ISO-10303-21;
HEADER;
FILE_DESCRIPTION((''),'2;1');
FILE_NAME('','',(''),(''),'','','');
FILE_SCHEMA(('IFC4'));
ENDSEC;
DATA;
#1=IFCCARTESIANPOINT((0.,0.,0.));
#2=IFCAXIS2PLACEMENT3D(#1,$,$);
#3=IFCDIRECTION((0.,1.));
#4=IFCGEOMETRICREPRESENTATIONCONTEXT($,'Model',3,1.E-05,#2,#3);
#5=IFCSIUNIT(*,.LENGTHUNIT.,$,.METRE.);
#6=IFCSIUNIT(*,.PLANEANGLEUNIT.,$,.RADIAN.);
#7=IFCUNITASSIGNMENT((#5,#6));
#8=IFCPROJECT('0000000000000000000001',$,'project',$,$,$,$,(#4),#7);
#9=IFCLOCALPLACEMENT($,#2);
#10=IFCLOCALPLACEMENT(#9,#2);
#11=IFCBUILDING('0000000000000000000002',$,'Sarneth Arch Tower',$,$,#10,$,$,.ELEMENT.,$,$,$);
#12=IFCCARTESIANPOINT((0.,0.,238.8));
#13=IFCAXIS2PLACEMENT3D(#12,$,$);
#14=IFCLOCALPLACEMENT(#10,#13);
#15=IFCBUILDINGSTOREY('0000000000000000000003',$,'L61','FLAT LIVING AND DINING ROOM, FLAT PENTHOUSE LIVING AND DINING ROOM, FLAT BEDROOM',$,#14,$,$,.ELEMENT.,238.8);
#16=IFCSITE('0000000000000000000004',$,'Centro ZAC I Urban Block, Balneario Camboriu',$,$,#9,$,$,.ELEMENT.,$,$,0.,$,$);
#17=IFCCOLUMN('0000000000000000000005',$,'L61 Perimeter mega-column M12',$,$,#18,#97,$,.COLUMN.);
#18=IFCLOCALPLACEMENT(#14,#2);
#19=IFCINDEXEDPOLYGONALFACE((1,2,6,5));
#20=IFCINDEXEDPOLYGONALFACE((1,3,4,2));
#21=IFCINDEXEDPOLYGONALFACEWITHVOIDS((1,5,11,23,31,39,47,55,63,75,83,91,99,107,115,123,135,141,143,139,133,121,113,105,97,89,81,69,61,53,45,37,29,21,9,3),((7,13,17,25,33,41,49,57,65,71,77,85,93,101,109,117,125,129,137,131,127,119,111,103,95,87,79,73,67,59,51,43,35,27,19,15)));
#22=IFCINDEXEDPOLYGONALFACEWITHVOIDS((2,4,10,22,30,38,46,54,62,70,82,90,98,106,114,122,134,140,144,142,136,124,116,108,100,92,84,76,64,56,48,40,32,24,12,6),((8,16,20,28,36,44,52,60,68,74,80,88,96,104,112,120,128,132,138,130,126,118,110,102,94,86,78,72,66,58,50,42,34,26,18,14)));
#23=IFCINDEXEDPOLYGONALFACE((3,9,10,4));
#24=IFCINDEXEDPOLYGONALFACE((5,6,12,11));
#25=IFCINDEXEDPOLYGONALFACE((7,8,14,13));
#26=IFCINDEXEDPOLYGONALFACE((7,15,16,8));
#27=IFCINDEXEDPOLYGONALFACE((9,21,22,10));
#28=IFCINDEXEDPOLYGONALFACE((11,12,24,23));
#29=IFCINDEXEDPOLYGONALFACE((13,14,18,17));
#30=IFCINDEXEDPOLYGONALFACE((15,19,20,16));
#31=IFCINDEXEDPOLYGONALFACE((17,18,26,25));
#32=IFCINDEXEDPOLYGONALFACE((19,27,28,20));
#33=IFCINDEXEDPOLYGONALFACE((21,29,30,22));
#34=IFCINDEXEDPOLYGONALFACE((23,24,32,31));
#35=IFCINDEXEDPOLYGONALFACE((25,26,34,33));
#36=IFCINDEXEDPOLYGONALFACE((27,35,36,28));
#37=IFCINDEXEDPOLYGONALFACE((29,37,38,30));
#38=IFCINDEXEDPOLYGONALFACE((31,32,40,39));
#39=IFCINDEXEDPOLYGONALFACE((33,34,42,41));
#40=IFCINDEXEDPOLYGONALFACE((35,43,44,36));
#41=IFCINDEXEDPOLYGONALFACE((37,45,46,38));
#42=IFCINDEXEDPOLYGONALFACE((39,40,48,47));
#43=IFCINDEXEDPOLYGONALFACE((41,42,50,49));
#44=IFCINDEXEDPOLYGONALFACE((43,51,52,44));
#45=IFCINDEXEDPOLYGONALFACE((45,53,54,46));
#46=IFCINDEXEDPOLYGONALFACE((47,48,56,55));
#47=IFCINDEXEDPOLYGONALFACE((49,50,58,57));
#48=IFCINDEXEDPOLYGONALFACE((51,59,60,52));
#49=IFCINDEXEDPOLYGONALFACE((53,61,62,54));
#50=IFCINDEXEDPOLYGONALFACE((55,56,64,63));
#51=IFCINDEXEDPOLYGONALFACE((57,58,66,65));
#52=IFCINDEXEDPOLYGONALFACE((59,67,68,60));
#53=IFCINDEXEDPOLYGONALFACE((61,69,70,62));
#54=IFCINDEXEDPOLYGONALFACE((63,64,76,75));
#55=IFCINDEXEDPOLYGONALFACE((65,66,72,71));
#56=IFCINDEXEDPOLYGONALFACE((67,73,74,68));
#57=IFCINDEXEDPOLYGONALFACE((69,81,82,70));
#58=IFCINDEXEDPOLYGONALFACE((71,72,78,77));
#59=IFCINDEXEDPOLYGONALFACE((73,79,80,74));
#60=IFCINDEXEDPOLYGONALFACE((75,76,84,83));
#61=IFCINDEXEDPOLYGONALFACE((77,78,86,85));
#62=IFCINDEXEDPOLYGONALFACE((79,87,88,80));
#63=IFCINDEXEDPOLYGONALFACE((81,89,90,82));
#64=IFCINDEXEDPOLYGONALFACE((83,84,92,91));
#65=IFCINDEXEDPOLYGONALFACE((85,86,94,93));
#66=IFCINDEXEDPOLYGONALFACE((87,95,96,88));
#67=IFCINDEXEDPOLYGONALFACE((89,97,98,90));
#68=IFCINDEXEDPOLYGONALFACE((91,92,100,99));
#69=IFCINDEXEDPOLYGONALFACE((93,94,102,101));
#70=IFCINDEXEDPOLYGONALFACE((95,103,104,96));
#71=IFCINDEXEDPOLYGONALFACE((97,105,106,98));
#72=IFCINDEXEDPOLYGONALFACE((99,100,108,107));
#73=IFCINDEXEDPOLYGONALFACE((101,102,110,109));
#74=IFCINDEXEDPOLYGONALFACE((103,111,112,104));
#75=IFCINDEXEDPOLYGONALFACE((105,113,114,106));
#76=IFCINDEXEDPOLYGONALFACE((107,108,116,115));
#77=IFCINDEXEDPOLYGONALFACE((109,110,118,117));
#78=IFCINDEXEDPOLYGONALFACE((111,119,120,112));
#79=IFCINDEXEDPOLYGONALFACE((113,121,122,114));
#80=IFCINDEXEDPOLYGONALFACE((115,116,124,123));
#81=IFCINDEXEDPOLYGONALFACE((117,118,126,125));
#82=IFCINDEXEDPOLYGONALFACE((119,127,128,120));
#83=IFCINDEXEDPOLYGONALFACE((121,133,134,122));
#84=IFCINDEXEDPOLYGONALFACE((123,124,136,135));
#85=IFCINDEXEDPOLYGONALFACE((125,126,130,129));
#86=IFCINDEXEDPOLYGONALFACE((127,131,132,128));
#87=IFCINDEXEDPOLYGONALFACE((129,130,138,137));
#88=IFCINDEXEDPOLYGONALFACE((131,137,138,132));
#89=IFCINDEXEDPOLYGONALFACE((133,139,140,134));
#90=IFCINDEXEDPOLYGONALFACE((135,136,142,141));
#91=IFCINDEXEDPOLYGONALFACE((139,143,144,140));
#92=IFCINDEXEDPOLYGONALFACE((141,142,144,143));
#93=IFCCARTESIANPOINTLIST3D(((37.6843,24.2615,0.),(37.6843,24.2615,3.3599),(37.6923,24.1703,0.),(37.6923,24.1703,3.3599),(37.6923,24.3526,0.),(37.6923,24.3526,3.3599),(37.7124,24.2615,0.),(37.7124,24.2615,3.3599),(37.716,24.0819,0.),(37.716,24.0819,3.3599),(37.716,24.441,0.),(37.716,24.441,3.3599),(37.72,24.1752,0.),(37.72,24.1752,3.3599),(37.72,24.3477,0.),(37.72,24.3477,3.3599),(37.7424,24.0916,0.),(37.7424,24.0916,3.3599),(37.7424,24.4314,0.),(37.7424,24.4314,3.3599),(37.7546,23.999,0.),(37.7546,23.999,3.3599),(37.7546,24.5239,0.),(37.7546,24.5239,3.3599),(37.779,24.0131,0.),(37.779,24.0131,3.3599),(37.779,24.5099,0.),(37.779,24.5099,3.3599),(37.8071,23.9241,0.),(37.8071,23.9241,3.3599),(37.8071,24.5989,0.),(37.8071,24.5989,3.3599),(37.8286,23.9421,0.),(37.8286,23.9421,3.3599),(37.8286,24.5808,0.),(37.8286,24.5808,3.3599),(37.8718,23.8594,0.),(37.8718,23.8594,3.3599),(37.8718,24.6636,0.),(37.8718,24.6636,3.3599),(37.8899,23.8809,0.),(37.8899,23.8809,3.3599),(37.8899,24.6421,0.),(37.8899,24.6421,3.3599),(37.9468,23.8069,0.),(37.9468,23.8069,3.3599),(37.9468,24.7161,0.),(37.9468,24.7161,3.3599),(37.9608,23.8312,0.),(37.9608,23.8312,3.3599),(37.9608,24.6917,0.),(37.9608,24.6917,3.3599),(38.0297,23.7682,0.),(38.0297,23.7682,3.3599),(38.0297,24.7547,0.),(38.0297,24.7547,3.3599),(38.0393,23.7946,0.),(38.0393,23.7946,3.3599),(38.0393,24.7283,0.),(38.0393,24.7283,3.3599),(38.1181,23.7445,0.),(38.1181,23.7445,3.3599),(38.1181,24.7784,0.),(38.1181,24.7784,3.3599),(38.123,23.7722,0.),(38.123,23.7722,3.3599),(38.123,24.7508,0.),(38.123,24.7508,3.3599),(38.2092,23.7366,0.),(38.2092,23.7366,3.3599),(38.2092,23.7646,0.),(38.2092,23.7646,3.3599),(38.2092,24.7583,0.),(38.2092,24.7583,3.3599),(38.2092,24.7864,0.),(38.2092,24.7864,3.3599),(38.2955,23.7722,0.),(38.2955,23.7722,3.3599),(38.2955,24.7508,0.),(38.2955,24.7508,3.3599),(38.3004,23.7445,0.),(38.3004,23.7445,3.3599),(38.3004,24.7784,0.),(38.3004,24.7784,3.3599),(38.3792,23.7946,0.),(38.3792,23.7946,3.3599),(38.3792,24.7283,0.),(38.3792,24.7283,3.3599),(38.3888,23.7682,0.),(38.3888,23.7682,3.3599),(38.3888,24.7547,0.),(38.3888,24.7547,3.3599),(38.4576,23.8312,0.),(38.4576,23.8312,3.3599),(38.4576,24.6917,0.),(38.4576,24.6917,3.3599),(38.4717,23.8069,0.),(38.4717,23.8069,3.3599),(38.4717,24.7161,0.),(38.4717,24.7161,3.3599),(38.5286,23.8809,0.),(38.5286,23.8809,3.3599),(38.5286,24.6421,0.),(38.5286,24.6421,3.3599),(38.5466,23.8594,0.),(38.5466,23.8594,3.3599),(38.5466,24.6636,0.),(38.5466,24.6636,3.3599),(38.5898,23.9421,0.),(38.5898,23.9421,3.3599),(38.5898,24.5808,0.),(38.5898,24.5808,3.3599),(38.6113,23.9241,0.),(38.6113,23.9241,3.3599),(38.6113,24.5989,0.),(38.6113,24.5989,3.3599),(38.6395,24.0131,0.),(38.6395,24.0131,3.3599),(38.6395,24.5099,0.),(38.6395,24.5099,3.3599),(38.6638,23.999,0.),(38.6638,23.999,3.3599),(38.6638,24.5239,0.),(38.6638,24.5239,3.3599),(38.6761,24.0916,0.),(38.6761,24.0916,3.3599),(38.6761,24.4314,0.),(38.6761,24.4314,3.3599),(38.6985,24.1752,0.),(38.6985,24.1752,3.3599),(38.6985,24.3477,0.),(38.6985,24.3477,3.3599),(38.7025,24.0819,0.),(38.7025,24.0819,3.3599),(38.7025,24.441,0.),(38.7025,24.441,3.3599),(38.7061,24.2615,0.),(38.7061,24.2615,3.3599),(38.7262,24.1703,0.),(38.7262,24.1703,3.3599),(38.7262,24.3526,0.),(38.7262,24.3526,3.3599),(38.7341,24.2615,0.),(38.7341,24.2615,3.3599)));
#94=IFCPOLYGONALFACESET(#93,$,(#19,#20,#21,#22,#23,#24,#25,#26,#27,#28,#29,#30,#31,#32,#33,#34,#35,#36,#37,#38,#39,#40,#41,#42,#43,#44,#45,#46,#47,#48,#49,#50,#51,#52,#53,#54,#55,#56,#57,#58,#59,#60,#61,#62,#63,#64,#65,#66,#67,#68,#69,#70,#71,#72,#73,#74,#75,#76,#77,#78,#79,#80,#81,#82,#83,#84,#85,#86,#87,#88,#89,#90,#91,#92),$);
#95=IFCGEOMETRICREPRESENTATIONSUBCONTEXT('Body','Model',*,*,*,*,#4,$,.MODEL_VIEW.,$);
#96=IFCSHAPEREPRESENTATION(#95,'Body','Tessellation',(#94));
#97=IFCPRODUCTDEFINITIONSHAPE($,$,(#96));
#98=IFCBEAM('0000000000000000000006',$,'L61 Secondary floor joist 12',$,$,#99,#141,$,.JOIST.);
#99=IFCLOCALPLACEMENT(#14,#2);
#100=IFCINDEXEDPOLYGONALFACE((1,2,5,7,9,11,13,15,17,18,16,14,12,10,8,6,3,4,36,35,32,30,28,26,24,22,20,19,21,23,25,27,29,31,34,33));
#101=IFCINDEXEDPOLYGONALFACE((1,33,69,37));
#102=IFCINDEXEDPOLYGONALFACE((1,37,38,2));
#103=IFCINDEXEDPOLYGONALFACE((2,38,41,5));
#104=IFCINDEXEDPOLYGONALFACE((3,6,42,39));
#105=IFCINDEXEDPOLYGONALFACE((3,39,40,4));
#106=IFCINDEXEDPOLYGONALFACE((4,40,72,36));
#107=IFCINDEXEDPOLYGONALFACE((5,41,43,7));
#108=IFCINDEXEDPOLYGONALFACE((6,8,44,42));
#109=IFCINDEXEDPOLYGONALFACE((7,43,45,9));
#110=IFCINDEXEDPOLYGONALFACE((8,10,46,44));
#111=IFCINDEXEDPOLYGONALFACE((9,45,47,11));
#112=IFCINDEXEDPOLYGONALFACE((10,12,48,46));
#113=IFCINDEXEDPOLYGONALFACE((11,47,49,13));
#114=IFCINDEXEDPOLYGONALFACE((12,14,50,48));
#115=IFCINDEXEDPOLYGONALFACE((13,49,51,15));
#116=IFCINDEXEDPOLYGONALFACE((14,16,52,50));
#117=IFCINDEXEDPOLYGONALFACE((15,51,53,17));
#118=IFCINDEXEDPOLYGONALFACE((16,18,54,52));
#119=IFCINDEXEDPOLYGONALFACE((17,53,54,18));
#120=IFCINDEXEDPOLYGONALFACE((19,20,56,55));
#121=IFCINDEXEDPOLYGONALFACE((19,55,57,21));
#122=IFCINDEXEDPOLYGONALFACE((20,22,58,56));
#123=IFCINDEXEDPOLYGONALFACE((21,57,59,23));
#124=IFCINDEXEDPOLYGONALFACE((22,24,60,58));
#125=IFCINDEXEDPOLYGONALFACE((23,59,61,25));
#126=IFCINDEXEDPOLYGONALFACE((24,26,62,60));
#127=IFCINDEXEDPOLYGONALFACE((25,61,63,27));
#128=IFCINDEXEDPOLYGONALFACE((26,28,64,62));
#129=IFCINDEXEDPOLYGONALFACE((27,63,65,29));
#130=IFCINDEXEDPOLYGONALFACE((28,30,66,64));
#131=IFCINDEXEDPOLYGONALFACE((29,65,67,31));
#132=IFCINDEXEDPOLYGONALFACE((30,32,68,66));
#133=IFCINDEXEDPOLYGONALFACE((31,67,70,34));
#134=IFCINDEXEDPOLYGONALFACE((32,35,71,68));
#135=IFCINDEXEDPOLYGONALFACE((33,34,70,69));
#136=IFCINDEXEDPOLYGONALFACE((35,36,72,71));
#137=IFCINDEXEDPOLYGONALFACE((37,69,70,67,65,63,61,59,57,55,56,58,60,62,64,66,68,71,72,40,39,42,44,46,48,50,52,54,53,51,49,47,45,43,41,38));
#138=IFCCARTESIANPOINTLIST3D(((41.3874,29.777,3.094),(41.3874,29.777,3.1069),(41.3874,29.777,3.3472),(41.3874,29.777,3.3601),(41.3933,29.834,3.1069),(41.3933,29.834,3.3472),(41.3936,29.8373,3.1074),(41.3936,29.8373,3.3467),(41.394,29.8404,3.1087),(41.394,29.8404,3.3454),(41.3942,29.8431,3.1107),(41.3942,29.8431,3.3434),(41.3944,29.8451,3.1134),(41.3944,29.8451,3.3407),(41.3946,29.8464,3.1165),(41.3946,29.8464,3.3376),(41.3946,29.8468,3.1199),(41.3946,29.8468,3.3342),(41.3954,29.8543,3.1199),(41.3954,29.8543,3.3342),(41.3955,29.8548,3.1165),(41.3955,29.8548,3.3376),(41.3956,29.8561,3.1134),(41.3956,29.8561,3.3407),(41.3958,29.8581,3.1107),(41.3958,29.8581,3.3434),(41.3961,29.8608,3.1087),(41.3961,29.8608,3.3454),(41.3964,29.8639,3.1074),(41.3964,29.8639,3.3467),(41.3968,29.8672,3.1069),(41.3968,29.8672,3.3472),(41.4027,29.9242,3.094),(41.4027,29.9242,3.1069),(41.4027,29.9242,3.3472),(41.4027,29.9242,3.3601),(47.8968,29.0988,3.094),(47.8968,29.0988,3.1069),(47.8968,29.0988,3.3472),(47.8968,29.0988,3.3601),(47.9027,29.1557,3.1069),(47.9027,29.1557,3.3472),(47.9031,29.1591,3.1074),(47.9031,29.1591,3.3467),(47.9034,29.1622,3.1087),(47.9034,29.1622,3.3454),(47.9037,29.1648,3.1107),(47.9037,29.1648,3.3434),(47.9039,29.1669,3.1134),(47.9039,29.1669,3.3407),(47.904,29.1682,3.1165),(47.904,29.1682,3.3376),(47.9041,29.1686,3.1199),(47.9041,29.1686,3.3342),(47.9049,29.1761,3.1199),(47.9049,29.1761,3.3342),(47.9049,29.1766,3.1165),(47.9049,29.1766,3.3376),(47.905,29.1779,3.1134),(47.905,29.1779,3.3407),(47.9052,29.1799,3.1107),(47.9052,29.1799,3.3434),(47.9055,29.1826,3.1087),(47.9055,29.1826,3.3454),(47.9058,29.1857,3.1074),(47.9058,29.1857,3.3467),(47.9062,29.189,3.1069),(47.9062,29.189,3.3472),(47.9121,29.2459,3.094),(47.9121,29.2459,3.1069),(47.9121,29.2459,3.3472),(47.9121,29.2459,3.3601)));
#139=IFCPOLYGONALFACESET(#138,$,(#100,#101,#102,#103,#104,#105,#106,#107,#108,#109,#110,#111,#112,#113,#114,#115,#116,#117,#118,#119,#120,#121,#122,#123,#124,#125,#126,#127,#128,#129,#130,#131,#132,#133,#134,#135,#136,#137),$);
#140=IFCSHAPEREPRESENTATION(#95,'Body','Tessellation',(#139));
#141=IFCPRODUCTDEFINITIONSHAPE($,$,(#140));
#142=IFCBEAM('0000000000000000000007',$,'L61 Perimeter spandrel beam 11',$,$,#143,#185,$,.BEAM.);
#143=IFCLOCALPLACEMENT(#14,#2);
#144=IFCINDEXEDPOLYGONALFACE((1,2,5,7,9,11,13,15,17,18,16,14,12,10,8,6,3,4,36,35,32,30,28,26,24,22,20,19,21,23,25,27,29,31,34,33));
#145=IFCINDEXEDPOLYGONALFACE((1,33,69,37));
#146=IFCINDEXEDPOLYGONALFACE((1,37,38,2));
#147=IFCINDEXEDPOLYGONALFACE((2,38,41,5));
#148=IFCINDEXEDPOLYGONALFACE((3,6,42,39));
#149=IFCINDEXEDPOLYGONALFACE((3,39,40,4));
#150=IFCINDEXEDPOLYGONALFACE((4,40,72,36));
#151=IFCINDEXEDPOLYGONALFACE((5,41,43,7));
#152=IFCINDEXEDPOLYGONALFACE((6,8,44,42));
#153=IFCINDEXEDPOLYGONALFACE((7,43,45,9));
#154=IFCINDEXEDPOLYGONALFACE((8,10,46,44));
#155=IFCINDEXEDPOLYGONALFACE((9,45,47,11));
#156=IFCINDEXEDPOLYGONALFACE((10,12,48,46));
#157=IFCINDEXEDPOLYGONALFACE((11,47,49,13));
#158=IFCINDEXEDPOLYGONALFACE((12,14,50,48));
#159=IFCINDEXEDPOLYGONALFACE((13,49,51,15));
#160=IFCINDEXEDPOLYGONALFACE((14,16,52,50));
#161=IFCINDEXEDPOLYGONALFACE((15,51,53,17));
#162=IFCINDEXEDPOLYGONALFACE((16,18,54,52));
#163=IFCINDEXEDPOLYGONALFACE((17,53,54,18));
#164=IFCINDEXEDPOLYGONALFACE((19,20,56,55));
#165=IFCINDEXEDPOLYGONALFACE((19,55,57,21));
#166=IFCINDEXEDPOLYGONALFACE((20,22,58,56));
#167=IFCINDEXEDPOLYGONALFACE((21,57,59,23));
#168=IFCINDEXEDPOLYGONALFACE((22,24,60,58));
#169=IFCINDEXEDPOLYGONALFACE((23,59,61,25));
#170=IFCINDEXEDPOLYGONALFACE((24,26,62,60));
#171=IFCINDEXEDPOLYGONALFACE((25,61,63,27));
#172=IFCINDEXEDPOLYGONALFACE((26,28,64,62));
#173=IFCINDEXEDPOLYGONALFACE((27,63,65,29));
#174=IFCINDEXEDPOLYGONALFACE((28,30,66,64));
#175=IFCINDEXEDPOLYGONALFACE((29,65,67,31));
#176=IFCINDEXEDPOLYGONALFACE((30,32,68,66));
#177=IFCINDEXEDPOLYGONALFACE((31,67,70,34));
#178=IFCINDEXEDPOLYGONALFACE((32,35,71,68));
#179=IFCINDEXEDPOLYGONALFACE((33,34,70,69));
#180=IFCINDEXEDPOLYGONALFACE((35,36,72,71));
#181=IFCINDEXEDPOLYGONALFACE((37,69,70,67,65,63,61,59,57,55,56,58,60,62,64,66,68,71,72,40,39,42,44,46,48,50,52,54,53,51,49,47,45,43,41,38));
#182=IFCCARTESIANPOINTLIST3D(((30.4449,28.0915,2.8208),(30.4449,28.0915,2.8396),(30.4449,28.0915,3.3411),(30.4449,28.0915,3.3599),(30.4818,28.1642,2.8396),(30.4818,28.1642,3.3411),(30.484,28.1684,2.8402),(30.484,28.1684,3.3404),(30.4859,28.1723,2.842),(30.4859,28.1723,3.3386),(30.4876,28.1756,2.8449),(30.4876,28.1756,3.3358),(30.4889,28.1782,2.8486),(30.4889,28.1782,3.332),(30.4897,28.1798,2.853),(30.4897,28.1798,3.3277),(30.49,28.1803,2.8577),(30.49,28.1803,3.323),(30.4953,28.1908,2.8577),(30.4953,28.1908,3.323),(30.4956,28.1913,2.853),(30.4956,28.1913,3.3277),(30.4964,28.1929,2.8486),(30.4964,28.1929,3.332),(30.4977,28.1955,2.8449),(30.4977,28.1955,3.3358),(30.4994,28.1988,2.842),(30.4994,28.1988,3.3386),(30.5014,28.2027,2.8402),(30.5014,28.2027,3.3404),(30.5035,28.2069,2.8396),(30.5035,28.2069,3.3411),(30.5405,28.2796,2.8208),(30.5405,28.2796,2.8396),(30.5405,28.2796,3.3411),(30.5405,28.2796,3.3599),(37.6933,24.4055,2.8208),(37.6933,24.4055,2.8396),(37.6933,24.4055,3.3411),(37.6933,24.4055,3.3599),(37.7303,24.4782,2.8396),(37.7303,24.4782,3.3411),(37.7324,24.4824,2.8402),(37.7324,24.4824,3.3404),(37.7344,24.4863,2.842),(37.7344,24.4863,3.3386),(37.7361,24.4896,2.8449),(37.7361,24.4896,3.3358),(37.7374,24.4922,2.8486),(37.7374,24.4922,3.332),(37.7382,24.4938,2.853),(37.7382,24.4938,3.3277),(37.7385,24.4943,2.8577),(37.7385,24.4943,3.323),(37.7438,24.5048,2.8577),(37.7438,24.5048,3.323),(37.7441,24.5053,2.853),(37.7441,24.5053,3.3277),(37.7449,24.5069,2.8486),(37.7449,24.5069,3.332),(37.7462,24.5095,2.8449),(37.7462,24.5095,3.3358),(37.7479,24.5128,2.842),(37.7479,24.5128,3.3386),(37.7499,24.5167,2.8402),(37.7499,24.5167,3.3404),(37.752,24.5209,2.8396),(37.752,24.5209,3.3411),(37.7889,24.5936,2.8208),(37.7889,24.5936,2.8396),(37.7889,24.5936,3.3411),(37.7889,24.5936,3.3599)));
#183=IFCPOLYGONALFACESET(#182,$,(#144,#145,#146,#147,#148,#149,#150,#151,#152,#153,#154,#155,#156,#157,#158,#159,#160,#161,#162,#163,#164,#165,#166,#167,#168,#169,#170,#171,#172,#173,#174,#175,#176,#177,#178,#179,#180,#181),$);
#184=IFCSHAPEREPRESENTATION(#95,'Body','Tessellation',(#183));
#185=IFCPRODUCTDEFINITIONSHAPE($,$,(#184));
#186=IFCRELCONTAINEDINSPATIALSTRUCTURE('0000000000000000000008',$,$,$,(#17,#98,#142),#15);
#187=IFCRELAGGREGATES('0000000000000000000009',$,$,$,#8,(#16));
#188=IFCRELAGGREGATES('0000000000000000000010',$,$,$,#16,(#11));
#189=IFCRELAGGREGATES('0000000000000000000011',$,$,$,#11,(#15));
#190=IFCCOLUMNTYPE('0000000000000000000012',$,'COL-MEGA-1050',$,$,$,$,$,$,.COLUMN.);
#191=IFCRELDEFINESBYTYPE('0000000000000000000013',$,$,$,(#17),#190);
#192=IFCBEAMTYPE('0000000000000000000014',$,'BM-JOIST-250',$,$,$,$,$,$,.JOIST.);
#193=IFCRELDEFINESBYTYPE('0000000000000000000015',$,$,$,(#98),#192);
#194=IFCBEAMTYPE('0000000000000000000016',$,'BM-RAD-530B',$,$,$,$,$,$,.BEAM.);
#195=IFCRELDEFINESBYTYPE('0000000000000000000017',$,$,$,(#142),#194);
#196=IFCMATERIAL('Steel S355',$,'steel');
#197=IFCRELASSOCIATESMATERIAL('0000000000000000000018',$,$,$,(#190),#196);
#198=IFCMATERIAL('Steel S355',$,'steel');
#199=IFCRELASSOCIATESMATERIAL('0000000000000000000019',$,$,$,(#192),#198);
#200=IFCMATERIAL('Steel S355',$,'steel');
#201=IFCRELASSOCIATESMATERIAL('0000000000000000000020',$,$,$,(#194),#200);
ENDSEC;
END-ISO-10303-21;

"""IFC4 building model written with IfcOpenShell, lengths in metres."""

from ifc_helpers import new_model, si_unit, direction, frame, origin, origin_2d, place, context, subcontext, project, spatial, hollow_circle, i_section, extrude, material, material_profile, profile_set, type_object, element, save


model = new_model("IFC4")

# Units and contexts
model_context = context("Model", 3, precision=1e-05, world=origin(), true_north=direction((0.0, 1.0)))
body_context = subcontext(model_context, "Body", "Model", "MODEL_VIEW")
ifc_project = project(units=[si_unit("LENGTHUNIT", "METRE"), si_unit("PLANEANGLEUNIT", "RADIAN")], contexts=[model_context])

# Site, building, storey
site_placement = place(None, origin())
site = spatial("IfcSite", under=ifc_project, at=site_placement, Name="Centro ZAC I Urban Block, Balneario Camboriu", CompositionType="ELEMENT", RefElevation=0.0)
building_placement = place(site_placement, origin())
building = spatial("IfcBuilding", under=site, at=building_placement, Name="Sarneth Arch Tower", CompositionType="ELEMENT")
storey_placement = place(building_placement, frame((0.0, 0.0, 238.8)))
storey = spatial("IfcBuildingStorey", under=building, at=storey_placement, Name="L61", Description="FLAT LIVING AND DINING ROOM, FLAT PENTHOUSE LIVING AND DINING ROOM, FLAT BEDROOM", CompositionType="ELEMENT", Elevation=238.8)

# Column
ifc_material_1 = material(Name="Steel S355", Category="steel")
ifc_material_profile_1 = material_profile(ifc_material_1, hollow_circle(Radius=0.5249, WallThickness=0.0281, at=origin_2d()), Name="CHS1050x28")
ifc_profile_set_1 = profile_set([ifc_material_profile_1], Name="Steel S355")
column_type = type_object("IfcColumnType", Name="COL-MEGA-1050", PredefinedType="COLUMN", material=ifc_profile_set_1)
column_placement = place(storey_placement, frame((38.2092, 24.2615, 0.0), z_axis=(0.0, 0.0, 1.0), x_axis=(1.0, 0.0, 0.0)))
element("IfcColumn", 1, at=column_placement, inside=storey, type_object=column_type, Name="L61 Perimeter mega-column M12", PredefinedType="COLUMN", context=body_context, shape_type="SweptSolid", body=[
    extrude(hollow_circle(Radius=0.5249, WallThickness=0.0281, at=origin_2d()), origin(), (0.0, 0.0, 1.0), 3.3599),
])

# Beams
ifc_material_2 = material(Name="Steel S355", Category="steel")
ifc_material_profile_2 = material_profile(ifc_material_2, i_section(OverallWidth=0.1479, OverallDepth=0.2661, WebThickness=0.0076, FlangeThickness=0.0129, FilletRadius=0.0129, at=origin_2d()), Name="W250x44.8")
ifc_profile_set_2 = profile_set([ifc_material_profile_2], Name="Steel S355")
beam_type_1 = type_object("IfcBeamType", Name="BM-JOIST-250", PredefinedType="JOIST", material=ifc_profile_set_2)
beam_1_placement = place(storey_placement, frame((41.395, 29.8506, 3.2271), z_axis=(0.994616, -0.103628, 0.0), x_axis=(0.103628, 0.994616, 0.0)))
element("IfcBeam", 2, at=beam_1_placement, inside=storey, type_object=beam_type_1, Name="L61 Secondary floor joist 12", PredefinedType="JOIST", context=body_context, shape_type="SweptSolid", body=[
    extrude(i_section(OverallWidth=0.1479, OverallDepth=0.2661, WebThickness=0.0076, FlangeThickness=0.0129, FilletRadius=0.0129, at=origin_2d()), origin(), (0.0, 0.0, 1.0), 6.5447),
])
ifc_material_3 = material(Name="Steel S355", Category="steel")
ifc_material_profile_3 = material_profile(ifc_material_3, i_section(OverallWidth=0.2109, OverallDepth=0.5391, WebThickness=0.0117, FlangeThickness=0.0188, FilletRadius=0.0181, at=origin_2d()), Name="W530x109")
ifc_profile_set_3 = profile_set([ifc_material_profile_3], Name="Steel S355")
beam_type_2 = type_object("IfcBeamType", Name="BM-RAD-530B", PredefinedType="BEAM", material=ifc_profile_set_3)
beam_2_placement = place(storey_placement, frame((30.4927, 28.1855, 3.0903), z_axis=(0.891368, -0.45328, 0.0), x_axis=(0.45328, 0.891368, 0.0)))
element("IfcBeam", 3, at=beam_2_placement, inside=storey, type_object=beam_type_2, Name="L61 Perimeter spandrel beam 11", PredefinedType="BEAM", context=body_context, shape_type="SweptSolid", body=[
    extrude(i_section(OverallWidth=0.2109, OverallDepth=0.5391, WebThickness=0.0117, FlangeThickness=0.0188, FilletRadius=0.0181, at=origin_2d()), origin(), (0.0, 0.0, 1.0), 8.1318),
])

save(model, "model.ifc")
